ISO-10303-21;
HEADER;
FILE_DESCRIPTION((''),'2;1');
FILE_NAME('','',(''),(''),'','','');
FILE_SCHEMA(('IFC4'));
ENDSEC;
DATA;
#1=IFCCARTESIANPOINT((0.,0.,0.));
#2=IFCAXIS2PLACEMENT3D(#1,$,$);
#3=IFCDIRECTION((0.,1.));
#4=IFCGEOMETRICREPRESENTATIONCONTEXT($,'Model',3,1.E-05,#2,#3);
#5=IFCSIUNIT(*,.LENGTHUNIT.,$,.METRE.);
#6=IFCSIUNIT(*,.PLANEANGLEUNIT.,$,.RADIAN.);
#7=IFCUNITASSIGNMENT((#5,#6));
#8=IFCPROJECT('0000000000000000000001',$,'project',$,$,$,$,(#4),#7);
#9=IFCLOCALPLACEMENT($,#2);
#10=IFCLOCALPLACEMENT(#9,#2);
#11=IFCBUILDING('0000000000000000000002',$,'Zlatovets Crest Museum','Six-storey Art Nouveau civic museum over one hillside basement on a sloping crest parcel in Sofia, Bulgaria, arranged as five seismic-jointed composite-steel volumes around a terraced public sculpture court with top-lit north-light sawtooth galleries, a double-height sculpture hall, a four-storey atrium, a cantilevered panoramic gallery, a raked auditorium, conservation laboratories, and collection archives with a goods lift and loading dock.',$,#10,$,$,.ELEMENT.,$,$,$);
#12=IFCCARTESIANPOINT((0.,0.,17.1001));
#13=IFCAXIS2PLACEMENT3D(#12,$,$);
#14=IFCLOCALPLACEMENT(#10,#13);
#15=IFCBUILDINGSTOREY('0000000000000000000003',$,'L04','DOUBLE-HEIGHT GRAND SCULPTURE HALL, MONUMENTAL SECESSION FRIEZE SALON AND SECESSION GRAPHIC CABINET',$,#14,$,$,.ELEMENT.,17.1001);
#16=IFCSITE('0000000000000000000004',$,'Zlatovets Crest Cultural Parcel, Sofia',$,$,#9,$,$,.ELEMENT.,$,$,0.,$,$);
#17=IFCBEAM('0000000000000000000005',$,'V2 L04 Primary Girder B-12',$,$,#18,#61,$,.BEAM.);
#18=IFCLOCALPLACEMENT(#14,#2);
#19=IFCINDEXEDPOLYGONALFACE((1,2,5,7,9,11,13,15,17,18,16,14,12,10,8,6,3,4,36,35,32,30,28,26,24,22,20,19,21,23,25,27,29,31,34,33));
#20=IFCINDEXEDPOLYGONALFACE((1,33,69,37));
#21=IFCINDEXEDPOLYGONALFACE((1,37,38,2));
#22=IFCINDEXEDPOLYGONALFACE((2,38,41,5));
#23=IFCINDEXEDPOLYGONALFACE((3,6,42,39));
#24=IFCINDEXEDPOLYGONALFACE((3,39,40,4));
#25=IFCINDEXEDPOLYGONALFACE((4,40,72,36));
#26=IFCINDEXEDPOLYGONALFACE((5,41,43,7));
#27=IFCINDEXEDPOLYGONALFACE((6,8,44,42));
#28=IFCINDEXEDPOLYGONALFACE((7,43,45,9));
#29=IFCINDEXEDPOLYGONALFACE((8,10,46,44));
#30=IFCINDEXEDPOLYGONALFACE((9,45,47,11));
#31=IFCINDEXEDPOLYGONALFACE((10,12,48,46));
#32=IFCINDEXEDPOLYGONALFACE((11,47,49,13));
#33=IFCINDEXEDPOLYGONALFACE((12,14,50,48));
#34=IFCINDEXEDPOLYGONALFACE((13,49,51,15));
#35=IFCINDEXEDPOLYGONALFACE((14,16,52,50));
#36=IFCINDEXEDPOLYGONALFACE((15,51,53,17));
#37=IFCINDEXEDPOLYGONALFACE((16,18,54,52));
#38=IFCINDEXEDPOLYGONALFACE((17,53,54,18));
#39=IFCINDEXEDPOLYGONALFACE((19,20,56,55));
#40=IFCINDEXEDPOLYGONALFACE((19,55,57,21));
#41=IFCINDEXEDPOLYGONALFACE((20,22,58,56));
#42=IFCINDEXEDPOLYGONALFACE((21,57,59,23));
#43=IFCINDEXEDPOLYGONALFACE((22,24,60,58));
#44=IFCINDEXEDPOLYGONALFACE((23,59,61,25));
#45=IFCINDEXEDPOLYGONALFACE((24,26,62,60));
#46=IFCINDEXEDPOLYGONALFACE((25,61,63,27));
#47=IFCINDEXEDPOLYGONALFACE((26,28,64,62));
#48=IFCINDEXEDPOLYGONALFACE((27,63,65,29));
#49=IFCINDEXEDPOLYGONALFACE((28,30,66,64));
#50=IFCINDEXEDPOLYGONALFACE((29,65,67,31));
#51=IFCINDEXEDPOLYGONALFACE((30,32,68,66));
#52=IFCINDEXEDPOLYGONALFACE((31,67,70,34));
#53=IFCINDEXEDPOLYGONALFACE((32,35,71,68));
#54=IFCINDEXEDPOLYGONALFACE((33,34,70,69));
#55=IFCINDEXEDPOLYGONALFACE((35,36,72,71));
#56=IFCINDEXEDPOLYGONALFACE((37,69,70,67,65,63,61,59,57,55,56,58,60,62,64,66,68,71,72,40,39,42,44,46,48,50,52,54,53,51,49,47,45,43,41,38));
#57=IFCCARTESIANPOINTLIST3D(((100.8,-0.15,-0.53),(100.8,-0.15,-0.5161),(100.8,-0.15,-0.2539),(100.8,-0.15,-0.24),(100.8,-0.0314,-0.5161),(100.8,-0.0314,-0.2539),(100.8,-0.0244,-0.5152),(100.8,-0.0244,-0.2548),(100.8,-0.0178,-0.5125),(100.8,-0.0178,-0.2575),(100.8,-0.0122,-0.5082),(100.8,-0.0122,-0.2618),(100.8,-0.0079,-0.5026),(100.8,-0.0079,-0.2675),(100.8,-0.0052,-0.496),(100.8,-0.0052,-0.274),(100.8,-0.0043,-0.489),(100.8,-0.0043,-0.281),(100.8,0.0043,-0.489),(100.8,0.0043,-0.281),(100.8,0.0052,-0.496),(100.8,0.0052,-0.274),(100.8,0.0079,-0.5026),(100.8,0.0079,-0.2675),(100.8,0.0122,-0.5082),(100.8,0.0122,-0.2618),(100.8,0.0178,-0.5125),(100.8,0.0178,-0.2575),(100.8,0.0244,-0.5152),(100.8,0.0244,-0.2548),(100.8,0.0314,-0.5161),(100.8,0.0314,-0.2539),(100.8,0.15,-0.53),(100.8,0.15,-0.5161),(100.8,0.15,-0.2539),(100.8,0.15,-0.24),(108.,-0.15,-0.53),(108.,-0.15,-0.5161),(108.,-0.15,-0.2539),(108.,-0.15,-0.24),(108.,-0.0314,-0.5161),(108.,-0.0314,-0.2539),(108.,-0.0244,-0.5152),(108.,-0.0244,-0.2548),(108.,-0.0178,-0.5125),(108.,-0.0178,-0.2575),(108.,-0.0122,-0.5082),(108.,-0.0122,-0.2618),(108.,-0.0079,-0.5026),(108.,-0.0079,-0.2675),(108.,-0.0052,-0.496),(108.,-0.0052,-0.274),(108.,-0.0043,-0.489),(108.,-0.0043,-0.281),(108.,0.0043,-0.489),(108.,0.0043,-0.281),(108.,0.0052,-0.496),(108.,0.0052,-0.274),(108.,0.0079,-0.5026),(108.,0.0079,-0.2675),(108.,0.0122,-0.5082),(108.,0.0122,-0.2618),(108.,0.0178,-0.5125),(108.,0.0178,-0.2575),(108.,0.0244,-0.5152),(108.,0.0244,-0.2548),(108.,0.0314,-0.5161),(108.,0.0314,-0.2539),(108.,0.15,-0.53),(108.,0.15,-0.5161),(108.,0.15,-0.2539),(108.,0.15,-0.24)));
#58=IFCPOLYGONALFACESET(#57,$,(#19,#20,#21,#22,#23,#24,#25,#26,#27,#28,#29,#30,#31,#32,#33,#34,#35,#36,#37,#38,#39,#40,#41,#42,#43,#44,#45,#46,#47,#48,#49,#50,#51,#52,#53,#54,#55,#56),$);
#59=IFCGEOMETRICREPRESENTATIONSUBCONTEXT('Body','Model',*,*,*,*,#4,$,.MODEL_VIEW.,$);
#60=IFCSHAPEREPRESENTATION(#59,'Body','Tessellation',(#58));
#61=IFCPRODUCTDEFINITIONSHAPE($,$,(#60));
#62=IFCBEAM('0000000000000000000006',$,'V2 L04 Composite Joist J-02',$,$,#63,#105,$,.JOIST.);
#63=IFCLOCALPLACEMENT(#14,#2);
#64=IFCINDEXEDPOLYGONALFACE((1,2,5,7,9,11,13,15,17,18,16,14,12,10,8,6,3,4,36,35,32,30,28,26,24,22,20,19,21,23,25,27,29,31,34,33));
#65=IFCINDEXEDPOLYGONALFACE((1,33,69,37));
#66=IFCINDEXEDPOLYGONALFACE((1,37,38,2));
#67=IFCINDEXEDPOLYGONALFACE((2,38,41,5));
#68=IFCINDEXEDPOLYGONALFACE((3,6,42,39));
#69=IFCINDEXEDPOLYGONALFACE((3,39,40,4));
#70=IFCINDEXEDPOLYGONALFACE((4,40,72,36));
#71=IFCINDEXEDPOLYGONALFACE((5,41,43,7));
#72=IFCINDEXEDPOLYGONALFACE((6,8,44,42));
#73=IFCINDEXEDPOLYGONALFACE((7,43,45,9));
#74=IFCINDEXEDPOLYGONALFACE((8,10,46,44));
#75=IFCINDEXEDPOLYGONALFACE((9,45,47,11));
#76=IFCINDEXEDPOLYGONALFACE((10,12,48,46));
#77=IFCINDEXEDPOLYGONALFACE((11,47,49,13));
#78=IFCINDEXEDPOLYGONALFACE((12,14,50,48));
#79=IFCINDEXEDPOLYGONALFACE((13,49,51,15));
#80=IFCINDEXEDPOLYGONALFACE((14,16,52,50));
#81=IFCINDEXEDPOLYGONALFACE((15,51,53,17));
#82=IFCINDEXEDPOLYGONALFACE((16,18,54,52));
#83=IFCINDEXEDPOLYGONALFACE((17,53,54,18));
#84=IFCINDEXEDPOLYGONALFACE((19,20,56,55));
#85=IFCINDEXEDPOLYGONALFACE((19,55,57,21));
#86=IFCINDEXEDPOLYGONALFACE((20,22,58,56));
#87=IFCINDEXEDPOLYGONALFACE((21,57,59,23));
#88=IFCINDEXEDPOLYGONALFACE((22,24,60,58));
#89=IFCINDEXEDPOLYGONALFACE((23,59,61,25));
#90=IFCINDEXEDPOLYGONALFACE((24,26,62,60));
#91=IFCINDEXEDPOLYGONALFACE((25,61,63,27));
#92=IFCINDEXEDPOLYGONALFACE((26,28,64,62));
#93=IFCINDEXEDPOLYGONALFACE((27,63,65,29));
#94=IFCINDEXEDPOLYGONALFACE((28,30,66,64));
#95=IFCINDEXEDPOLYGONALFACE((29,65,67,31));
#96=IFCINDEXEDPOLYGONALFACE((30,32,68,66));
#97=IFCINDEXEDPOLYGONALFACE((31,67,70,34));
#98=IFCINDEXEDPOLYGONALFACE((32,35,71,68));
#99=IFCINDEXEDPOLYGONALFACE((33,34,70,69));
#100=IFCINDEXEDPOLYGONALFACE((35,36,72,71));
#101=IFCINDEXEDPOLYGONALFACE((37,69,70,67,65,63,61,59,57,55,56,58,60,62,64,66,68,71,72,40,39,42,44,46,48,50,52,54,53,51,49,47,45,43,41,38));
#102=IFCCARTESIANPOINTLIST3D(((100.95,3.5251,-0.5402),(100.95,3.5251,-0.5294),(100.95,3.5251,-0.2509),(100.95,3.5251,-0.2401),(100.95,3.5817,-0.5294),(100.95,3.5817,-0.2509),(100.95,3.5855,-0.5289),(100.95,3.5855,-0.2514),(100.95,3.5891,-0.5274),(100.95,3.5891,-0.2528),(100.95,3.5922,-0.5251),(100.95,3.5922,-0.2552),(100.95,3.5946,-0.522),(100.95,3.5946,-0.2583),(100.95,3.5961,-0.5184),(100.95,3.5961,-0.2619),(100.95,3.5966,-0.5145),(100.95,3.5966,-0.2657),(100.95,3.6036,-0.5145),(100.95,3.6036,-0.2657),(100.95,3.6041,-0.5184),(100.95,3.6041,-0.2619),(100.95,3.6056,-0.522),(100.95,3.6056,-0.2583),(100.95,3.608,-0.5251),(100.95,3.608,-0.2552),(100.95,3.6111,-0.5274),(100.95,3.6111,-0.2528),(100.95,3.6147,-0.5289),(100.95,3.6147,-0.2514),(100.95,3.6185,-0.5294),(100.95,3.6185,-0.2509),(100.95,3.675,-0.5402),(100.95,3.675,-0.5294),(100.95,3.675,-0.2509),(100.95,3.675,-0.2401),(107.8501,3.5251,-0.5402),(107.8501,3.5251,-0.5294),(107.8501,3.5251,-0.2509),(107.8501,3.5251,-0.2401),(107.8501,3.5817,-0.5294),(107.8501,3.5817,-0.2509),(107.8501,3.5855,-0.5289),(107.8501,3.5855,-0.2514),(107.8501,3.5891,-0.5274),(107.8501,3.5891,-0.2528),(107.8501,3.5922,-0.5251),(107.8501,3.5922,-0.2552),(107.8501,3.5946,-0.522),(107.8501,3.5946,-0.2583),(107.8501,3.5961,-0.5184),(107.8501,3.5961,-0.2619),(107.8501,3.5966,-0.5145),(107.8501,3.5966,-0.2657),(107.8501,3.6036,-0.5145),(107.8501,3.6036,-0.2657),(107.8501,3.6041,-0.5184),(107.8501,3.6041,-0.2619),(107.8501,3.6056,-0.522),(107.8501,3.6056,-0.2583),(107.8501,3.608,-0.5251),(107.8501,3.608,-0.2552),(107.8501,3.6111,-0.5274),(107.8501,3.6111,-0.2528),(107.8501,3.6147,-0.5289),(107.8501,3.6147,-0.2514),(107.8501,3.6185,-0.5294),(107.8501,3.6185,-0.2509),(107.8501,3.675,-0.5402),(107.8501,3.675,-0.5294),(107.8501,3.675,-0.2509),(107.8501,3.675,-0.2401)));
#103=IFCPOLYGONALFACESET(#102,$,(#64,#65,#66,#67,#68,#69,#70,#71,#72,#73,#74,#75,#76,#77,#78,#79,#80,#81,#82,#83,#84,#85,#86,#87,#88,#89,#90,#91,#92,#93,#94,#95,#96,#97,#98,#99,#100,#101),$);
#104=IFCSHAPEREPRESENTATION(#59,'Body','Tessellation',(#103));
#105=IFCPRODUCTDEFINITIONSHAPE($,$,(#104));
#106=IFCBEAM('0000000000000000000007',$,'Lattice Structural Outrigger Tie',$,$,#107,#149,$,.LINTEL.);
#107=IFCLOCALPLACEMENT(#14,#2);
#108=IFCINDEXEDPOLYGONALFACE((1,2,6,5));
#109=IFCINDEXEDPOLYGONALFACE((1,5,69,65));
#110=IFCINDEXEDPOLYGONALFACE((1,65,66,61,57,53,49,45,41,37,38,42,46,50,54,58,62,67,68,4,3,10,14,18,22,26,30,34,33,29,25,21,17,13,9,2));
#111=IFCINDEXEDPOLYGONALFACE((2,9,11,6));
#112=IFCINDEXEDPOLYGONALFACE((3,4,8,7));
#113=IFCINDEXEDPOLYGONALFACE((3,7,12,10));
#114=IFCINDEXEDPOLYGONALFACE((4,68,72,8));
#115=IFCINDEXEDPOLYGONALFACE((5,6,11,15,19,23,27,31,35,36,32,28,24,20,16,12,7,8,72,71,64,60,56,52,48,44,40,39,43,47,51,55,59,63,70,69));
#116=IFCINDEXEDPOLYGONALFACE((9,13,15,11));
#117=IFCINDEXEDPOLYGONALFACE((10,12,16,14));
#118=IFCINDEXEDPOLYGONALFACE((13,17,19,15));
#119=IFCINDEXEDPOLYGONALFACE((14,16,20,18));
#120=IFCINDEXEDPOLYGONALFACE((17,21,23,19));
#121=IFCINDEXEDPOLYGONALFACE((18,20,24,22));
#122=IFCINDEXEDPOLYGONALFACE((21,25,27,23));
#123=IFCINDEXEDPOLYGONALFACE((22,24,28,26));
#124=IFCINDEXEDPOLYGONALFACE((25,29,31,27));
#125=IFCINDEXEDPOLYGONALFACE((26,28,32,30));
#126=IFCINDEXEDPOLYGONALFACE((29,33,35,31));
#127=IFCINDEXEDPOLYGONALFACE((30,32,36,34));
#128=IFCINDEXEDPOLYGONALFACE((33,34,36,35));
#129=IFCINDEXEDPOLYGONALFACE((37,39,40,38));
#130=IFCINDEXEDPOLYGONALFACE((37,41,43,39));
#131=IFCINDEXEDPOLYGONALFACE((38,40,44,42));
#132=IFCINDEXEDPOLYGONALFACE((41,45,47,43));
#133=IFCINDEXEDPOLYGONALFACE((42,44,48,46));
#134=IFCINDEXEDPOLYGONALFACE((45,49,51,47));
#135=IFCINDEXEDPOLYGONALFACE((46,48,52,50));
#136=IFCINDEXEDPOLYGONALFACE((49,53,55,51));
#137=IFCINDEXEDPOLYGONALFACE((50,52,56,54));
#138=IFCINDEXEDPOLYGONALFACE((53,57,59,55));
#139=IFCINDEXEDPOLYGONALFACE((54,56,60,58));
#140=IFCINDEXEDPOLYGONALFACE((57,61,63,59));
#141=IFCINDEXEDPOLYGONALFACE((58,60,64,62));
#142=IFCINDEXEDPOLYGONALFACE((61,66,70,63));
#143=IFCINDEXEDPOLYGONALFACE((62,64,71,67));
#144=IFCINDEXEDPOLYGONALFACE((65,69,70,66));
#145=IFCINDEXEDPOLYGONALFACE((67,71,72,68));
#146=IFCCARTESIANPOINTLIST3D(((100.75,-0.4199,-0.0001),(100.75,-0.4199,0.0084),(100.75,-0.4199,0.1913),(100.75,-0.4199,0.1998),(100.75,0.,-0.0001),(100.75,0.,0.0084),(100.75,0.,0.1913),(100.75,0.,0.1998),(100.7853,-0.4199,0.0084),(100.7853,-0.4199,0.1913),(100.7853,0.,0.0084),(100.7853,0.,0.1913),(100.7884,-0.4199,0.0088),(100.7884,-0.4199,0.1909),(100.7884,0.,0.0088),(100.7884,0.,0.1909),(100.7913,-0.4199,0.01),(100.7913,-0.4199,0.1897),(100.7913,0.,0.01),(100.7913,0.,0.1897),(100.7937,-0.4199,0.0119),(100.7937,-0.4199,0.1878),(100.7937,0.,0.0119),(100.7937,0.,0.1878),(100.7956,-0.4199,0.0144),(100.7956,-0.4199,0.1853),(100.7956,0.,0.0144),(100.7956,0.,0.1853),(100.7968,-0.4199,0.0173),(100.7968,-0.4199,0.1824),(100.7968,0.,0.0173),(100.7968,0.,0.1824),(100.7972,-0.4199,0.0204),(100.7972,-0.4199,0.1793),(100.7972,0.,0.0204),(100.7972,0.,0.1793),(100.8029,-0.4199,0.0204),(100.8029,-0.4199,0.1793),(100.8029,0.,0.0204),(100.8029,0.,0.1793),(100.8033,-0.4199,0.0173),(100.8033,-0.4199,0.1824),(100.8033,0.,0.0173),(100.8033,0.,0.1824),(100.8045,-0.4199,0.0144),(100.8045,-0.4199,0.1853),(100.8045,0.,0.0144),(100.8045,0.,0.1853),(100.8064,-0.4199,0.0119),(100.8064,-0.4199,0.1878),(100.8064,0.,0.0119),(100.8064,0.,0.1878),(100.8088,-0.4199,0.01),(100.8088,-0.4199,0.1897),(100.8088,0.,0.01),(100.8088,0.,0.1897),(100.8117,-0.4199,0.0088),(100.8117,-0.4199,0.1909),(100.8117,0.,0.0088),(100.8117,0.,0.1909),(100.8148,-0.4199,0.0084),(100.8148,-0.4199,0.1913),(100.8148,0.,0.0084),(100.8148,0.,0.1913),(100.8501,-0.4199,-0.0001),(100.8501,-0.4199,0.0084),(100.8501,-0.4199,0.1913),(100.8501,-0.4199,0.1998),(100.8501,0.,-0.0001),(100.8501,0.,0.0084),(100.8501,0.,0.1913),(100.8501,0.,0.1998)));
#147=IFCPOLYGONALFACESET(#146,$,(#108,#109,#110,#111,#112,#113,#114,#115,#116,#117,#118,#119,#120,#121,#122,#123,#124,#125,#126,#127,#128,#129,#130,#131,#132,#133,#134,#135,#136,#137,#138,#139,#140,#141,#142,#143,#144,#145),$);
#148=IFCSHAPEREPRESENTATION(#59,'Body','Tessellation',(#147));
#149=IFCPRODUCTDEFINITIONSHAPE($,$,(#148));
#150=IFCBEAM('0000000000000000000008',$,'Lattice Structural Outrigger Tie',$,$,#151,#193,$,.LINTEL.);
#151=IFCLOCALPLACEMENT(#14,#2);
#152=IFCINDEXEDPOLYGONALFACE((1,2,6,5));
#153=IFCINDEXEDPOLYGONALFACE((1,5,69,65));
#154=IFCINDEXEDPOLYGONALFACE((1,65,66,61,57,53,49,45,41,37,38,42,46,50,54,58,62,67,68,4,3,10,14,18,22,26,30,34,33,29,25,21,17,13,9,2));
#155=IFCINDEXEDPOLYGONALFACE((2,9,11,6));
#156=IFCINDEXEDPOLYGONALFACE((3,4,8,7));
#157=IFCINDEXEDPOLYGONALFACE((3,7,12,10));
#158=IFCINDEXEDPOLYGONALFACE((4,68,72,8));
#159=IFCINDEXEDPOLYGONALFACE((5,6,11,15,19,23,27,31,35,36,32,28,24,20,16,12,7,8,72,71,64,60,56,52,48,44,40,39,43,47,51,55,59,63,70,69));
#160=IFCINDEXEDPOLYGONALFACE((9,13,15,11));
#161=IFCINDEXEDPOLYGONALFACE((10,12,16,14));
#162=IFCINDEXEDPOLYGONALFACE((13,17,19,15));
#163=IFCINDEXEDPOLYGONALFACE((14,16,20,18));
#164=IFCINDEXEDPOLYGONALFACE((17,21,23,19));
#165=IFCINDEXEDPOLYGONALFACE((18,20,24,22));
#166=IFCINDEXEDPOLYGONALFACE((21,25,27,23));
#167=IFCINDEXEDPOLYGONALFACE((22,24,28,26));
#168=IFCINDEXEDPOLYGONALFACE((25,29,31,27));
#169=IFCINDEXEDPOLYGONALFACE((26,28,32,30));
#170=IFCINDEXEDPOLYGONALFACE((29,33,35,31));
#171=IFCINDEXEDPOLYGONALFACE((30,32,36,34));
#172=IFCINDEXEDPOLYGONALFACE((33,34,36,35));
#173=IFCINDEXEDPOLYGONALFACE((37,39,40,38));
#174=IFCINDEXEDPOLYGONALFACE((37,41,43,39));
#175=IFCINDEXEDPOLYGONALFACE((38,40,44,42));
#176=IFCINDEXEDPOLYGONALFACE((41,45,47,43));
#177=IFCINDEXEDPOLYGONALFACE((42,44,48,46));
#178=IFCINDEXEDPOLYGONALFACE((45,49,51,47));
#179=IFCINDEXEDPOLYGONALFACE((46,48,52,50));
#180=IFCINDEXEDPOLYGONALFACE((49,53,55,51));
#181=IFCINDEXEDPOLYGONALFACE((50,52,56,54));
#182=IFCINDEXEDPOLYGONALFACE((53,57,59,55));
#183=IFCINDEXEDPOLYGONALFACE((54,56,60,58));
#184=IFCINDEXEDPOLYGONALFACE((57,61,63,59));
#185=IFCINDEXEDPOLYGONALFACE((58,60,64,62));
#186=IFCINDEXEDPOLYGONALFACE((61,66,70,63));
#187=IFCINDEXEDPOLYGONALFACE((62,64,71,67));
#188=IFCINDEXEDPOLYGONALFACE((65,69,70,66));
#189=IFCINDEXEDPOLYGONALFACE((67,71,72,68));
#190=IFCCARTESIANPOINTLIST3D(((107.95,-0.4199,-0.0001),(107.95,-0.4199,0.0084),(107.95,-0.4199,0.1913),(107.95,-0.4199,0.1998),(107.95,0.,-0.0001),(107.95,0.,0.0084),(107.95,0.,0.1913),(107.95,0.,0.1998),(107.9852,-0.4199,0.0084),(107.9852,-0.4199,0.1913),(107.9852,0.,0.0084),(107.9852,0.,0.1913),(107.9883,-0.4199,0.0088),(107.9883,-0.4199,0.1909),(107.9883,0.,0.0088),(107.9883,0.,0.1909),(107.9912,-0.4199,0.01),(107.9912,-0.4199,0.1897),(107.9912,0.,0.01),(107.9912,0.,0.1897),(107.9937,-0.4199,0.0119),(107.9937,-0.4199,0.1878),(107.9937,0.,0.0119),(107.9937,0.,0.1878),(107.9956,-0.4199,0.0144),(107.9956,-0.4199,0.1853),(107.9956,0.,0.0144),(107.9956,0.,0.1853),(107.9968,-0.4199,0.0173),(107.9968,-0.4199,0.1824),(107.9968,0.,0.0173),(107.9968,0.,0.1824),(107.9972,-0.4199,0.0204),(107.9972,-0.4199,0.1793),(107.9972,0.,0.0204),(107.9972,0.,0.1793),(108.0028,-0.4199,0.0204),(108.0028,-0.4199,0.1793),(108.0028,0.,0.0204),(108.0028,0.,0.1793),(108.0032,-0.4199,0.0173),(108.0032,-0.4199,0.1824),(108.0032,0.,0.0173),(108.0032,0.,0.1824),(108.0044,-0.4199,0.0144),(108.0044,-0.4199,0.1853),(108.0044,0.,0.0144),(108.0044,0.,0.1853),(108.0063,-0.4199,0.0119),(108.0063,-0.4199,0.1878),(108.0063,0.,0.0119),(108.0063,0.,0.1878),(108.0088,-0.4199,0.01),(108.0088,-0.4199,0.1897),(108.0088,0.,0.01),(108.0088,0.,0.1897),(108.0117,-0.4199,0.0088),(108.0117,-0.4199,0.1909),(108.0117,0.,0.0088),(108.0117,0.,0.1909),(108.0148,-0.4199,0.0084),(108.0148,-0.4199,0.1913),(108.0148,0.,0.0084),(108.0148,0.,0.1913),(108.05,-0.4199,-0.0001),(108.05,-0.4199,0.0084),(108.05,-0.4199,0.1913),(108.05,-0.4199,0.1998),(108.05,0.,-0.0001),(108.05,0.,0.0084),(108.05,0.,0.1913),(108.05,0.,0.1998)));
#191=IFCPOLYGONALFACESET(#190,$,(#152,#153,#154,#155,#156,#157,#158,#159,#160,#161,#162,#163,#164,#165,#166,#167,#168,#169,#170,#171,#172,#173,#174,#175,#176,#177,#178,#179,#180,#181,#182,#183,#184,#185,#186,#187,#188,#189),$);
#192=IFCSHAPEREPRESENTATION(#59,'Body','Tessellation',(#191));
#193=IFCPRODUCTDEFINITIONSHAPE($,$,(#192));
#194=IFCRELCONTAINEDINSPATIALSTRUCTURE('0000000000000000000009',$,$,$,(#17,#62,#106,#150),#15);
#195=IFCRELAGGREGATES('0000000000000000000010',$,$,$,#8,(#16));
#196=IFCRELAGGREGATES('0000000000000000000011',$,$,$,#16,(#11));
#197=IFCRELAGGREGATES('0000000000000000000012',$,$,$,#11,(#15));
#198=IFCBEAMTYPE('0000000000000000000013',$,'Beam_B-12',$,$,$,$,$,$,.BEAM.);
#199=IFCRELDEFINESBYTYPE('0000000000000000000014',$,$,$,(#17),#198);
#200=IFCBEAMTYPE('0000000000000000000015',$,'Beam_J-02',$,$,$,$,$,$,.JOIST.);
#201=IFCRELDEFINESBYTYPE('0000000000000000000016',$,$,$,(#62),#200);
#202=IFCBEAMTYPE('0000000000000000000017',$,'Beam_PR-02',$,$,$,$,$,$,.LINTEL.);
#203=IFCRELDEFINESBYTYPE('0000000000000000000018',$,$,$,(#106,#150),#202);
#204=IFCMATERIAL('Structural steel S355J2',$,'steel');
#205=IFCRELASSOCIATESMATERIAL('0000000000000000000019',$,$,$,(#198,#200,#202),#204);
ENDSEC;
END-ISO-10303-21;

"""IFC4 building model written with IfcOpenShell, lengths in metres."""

from ifc_helpers import new_model, si_unit, direction, frame, origin, origin_2d, place, context, subcontext, project, spatial, i_section, extrude, material, material_profile, profile_set, type_object, element, save


model = new_model("IFC4")

# Units and contexts
model_context = context("Model", 3, precision=1e-05, world=origin(), true_north=direction((0.0, 1.0)))
body_context = subcontext(model_context, "Body", "Model", "MODEL_VIEW")
ifc_project = project(units=[si_unit("LENGTHUNIT", "METRE"), si_unit("PLANEANGLEUNIT", "RADIAN")], contexts=[model_context])

# Site, building, storey
site_placement = place(None, origin())
site = spatial("IfcSite", under=ifc_project, at=site_placement, Name="Zlatovets Crest Cultural Parcel, Sofia", CompositionType="ELEMENT", RefElevation=0.0)
building_placement = place(site_placement, origin())
building = spatial("IfcBuilding", under=site, at=building_placement, Name="Zlatovets Crest Museum", Description="Six-storey Art Nouveau civic museum over one hillside basement on a sloping crest parcel in Sofia, Bulgaria, arranged as five seismic-jointed composite-steel volumes around a terraced public sculpture court with top-lit north-light sawtooth galleries, a double-height sculpture hall, a four-storey atrium, a cantilevered panoramic gallery, a raked auditorium, conservation laboratories, and collection archives with a goods lift and loading dock.", CompositionType="ELEMENT")
storey_placement = place(building_placement, frame((0.0, 0.0, 17.1001)))
storey = spatial("IfcBuildingStorey", under=building, at=storey_placement, Name="L04", Description="DOUBLE-HEIGHT GRAND SCULPTURE HALL, MONUMENTAL SECESSION FRIEZE SALON AND SECESSION GRAPHIC CABINET", CompositionType="ELEMENT", Elevation=17.1001)

# Shared definitions
ifc_material_1 = material(Name="Structural steel S355J2", Category="steel")

# Beams
ifc_material_profile_1 = material_profile(ifc_material_1, i_section(OverallWidth=0.3, OverallDepth=0.29, WebThickness=0.0085, FlangeThickness=0.0139, FilletRadius=0.0271, at=origin_2d()), Name="HEA 300")
ifc_profile_set_1 = profile_set([ifc_material_profile_1], Name="Structural steel S355J2")
beam_type_1 = type_object("IfcBeamType", Name="Beam_B-12", PredefinedType="BEAM", material=ifc_profile_set_1)
beam_1_placement = place(storey_placement, frame((100.8, 0.0, -0.385), z_axis=(1.0, 0.0, 0.0), x_axis=(0.0, 1.0, 0.0)))
element("IfcBeam", 1, at=beam_1_placement, inside=storey, type_object=beam_type_1, Name="V2 L04 Primary Girder B-12", PredefinedType="BEAM", context=body_context, shape_type="SweptSolid", body=[
    extrude(i_section(OverallWidth=0.3, OverallDepth=0.29, WebThickness=0.0085, FlangeThickness=0.0139, FilletRadius=0.0271, at=origin_2d()), origin(), (0.0, 0.0, 1.0), 7.2),
])
ifc_material_profile_2 = material_profile(ifc_material_1, i_section(OverallWidth=0.1499, OverallDepth=0.3, WebThickness=0.0071, FlangeThickness=0.0107, FilletRadius=0.0149, at=origin_2d()), Name="IPE 300")
ifc_profile_set_2 = profile_set([ifc_material_profile_2], Name="Structural steel S355J2")
beam_type_2 = type_object("IfcBeamType", Name="Beam_J-02", PredefinedType="JOIST", material=ifc_profile_set_2)
beam_2_placement = place(storey_placement, frame((100.95, 3.6001, -0.3901), z_axis=(1.0, 0.0, 0.0), x_axis=(0.0, 1.0, 0.0)))
element("IfcBeam", 2, at=beam_2_placement, inside=storey, type_object=beam_type_2, Name="V2 L04 Composite Joist J-02", PredefinedType="JOIST", context=body_context, shape_type="SweptSolid", body=[
    extrude(i_section(OverallWidth=0.1499, OverallDepth=0.3, WebThickness=0.0071, FlangeThickness=0.0107, FilletRadius=0.0149, at=origin_2d()), origin(), (0.0, 0.0, 1.0), 6.9001),
])
ifc_material_profile_3 = material_profile(ifc_material_1, i_section(OverallWidth=0.1001, OverallDepth=0.2, WebThickness=0.0056, FlangeThickness=0.0085, FilletRadius=0.012, at=origin_2d()), Name="IPE 200")
ifc_profile_set_3 = profile_set([ifc_material_profile_3], Name="Structural steel S355J2")
beam_type_3 = type_object("IfcBeamType", Name="Beam_PR-02", PredefinedType="LINTEL", material=ifc_profile_set_3)
for number, where, z_axis, x_axis, name in (
    (3, (100.8, 0.0, 0.0999), (0.0, -1.0, 0.0), (1.0, 0.0, 0.0), "Lattice Structural Outrigger Tie"),
    (4, (108.0, 0.0, 0.0999), (0.0, -1.0, 0.0), (1.0, 0.0, 0.0), "Lattice Structural Outrigger Tie"),
):
    element("IfcBeam", number, at=place(storey_placement, frame(where, z_axis=z_axis, x_axis=x_axis)), inside=storey, type_object=beam_type_3, Name=name, PredefinedType="LINTEL", context=body_context, shape_type="SweptSolid", body=[
        extrude(i_section(OverallWidth=0.1001, OverallDepth=0.2, WebThickness=0.0056, FlangeThickness=0.0085, FilletRadius=0.012, at=origin_2d()), origin(), (0.0, 0.0, 1.0), 0.4199),
    ])

save(model, "model.ifc")
